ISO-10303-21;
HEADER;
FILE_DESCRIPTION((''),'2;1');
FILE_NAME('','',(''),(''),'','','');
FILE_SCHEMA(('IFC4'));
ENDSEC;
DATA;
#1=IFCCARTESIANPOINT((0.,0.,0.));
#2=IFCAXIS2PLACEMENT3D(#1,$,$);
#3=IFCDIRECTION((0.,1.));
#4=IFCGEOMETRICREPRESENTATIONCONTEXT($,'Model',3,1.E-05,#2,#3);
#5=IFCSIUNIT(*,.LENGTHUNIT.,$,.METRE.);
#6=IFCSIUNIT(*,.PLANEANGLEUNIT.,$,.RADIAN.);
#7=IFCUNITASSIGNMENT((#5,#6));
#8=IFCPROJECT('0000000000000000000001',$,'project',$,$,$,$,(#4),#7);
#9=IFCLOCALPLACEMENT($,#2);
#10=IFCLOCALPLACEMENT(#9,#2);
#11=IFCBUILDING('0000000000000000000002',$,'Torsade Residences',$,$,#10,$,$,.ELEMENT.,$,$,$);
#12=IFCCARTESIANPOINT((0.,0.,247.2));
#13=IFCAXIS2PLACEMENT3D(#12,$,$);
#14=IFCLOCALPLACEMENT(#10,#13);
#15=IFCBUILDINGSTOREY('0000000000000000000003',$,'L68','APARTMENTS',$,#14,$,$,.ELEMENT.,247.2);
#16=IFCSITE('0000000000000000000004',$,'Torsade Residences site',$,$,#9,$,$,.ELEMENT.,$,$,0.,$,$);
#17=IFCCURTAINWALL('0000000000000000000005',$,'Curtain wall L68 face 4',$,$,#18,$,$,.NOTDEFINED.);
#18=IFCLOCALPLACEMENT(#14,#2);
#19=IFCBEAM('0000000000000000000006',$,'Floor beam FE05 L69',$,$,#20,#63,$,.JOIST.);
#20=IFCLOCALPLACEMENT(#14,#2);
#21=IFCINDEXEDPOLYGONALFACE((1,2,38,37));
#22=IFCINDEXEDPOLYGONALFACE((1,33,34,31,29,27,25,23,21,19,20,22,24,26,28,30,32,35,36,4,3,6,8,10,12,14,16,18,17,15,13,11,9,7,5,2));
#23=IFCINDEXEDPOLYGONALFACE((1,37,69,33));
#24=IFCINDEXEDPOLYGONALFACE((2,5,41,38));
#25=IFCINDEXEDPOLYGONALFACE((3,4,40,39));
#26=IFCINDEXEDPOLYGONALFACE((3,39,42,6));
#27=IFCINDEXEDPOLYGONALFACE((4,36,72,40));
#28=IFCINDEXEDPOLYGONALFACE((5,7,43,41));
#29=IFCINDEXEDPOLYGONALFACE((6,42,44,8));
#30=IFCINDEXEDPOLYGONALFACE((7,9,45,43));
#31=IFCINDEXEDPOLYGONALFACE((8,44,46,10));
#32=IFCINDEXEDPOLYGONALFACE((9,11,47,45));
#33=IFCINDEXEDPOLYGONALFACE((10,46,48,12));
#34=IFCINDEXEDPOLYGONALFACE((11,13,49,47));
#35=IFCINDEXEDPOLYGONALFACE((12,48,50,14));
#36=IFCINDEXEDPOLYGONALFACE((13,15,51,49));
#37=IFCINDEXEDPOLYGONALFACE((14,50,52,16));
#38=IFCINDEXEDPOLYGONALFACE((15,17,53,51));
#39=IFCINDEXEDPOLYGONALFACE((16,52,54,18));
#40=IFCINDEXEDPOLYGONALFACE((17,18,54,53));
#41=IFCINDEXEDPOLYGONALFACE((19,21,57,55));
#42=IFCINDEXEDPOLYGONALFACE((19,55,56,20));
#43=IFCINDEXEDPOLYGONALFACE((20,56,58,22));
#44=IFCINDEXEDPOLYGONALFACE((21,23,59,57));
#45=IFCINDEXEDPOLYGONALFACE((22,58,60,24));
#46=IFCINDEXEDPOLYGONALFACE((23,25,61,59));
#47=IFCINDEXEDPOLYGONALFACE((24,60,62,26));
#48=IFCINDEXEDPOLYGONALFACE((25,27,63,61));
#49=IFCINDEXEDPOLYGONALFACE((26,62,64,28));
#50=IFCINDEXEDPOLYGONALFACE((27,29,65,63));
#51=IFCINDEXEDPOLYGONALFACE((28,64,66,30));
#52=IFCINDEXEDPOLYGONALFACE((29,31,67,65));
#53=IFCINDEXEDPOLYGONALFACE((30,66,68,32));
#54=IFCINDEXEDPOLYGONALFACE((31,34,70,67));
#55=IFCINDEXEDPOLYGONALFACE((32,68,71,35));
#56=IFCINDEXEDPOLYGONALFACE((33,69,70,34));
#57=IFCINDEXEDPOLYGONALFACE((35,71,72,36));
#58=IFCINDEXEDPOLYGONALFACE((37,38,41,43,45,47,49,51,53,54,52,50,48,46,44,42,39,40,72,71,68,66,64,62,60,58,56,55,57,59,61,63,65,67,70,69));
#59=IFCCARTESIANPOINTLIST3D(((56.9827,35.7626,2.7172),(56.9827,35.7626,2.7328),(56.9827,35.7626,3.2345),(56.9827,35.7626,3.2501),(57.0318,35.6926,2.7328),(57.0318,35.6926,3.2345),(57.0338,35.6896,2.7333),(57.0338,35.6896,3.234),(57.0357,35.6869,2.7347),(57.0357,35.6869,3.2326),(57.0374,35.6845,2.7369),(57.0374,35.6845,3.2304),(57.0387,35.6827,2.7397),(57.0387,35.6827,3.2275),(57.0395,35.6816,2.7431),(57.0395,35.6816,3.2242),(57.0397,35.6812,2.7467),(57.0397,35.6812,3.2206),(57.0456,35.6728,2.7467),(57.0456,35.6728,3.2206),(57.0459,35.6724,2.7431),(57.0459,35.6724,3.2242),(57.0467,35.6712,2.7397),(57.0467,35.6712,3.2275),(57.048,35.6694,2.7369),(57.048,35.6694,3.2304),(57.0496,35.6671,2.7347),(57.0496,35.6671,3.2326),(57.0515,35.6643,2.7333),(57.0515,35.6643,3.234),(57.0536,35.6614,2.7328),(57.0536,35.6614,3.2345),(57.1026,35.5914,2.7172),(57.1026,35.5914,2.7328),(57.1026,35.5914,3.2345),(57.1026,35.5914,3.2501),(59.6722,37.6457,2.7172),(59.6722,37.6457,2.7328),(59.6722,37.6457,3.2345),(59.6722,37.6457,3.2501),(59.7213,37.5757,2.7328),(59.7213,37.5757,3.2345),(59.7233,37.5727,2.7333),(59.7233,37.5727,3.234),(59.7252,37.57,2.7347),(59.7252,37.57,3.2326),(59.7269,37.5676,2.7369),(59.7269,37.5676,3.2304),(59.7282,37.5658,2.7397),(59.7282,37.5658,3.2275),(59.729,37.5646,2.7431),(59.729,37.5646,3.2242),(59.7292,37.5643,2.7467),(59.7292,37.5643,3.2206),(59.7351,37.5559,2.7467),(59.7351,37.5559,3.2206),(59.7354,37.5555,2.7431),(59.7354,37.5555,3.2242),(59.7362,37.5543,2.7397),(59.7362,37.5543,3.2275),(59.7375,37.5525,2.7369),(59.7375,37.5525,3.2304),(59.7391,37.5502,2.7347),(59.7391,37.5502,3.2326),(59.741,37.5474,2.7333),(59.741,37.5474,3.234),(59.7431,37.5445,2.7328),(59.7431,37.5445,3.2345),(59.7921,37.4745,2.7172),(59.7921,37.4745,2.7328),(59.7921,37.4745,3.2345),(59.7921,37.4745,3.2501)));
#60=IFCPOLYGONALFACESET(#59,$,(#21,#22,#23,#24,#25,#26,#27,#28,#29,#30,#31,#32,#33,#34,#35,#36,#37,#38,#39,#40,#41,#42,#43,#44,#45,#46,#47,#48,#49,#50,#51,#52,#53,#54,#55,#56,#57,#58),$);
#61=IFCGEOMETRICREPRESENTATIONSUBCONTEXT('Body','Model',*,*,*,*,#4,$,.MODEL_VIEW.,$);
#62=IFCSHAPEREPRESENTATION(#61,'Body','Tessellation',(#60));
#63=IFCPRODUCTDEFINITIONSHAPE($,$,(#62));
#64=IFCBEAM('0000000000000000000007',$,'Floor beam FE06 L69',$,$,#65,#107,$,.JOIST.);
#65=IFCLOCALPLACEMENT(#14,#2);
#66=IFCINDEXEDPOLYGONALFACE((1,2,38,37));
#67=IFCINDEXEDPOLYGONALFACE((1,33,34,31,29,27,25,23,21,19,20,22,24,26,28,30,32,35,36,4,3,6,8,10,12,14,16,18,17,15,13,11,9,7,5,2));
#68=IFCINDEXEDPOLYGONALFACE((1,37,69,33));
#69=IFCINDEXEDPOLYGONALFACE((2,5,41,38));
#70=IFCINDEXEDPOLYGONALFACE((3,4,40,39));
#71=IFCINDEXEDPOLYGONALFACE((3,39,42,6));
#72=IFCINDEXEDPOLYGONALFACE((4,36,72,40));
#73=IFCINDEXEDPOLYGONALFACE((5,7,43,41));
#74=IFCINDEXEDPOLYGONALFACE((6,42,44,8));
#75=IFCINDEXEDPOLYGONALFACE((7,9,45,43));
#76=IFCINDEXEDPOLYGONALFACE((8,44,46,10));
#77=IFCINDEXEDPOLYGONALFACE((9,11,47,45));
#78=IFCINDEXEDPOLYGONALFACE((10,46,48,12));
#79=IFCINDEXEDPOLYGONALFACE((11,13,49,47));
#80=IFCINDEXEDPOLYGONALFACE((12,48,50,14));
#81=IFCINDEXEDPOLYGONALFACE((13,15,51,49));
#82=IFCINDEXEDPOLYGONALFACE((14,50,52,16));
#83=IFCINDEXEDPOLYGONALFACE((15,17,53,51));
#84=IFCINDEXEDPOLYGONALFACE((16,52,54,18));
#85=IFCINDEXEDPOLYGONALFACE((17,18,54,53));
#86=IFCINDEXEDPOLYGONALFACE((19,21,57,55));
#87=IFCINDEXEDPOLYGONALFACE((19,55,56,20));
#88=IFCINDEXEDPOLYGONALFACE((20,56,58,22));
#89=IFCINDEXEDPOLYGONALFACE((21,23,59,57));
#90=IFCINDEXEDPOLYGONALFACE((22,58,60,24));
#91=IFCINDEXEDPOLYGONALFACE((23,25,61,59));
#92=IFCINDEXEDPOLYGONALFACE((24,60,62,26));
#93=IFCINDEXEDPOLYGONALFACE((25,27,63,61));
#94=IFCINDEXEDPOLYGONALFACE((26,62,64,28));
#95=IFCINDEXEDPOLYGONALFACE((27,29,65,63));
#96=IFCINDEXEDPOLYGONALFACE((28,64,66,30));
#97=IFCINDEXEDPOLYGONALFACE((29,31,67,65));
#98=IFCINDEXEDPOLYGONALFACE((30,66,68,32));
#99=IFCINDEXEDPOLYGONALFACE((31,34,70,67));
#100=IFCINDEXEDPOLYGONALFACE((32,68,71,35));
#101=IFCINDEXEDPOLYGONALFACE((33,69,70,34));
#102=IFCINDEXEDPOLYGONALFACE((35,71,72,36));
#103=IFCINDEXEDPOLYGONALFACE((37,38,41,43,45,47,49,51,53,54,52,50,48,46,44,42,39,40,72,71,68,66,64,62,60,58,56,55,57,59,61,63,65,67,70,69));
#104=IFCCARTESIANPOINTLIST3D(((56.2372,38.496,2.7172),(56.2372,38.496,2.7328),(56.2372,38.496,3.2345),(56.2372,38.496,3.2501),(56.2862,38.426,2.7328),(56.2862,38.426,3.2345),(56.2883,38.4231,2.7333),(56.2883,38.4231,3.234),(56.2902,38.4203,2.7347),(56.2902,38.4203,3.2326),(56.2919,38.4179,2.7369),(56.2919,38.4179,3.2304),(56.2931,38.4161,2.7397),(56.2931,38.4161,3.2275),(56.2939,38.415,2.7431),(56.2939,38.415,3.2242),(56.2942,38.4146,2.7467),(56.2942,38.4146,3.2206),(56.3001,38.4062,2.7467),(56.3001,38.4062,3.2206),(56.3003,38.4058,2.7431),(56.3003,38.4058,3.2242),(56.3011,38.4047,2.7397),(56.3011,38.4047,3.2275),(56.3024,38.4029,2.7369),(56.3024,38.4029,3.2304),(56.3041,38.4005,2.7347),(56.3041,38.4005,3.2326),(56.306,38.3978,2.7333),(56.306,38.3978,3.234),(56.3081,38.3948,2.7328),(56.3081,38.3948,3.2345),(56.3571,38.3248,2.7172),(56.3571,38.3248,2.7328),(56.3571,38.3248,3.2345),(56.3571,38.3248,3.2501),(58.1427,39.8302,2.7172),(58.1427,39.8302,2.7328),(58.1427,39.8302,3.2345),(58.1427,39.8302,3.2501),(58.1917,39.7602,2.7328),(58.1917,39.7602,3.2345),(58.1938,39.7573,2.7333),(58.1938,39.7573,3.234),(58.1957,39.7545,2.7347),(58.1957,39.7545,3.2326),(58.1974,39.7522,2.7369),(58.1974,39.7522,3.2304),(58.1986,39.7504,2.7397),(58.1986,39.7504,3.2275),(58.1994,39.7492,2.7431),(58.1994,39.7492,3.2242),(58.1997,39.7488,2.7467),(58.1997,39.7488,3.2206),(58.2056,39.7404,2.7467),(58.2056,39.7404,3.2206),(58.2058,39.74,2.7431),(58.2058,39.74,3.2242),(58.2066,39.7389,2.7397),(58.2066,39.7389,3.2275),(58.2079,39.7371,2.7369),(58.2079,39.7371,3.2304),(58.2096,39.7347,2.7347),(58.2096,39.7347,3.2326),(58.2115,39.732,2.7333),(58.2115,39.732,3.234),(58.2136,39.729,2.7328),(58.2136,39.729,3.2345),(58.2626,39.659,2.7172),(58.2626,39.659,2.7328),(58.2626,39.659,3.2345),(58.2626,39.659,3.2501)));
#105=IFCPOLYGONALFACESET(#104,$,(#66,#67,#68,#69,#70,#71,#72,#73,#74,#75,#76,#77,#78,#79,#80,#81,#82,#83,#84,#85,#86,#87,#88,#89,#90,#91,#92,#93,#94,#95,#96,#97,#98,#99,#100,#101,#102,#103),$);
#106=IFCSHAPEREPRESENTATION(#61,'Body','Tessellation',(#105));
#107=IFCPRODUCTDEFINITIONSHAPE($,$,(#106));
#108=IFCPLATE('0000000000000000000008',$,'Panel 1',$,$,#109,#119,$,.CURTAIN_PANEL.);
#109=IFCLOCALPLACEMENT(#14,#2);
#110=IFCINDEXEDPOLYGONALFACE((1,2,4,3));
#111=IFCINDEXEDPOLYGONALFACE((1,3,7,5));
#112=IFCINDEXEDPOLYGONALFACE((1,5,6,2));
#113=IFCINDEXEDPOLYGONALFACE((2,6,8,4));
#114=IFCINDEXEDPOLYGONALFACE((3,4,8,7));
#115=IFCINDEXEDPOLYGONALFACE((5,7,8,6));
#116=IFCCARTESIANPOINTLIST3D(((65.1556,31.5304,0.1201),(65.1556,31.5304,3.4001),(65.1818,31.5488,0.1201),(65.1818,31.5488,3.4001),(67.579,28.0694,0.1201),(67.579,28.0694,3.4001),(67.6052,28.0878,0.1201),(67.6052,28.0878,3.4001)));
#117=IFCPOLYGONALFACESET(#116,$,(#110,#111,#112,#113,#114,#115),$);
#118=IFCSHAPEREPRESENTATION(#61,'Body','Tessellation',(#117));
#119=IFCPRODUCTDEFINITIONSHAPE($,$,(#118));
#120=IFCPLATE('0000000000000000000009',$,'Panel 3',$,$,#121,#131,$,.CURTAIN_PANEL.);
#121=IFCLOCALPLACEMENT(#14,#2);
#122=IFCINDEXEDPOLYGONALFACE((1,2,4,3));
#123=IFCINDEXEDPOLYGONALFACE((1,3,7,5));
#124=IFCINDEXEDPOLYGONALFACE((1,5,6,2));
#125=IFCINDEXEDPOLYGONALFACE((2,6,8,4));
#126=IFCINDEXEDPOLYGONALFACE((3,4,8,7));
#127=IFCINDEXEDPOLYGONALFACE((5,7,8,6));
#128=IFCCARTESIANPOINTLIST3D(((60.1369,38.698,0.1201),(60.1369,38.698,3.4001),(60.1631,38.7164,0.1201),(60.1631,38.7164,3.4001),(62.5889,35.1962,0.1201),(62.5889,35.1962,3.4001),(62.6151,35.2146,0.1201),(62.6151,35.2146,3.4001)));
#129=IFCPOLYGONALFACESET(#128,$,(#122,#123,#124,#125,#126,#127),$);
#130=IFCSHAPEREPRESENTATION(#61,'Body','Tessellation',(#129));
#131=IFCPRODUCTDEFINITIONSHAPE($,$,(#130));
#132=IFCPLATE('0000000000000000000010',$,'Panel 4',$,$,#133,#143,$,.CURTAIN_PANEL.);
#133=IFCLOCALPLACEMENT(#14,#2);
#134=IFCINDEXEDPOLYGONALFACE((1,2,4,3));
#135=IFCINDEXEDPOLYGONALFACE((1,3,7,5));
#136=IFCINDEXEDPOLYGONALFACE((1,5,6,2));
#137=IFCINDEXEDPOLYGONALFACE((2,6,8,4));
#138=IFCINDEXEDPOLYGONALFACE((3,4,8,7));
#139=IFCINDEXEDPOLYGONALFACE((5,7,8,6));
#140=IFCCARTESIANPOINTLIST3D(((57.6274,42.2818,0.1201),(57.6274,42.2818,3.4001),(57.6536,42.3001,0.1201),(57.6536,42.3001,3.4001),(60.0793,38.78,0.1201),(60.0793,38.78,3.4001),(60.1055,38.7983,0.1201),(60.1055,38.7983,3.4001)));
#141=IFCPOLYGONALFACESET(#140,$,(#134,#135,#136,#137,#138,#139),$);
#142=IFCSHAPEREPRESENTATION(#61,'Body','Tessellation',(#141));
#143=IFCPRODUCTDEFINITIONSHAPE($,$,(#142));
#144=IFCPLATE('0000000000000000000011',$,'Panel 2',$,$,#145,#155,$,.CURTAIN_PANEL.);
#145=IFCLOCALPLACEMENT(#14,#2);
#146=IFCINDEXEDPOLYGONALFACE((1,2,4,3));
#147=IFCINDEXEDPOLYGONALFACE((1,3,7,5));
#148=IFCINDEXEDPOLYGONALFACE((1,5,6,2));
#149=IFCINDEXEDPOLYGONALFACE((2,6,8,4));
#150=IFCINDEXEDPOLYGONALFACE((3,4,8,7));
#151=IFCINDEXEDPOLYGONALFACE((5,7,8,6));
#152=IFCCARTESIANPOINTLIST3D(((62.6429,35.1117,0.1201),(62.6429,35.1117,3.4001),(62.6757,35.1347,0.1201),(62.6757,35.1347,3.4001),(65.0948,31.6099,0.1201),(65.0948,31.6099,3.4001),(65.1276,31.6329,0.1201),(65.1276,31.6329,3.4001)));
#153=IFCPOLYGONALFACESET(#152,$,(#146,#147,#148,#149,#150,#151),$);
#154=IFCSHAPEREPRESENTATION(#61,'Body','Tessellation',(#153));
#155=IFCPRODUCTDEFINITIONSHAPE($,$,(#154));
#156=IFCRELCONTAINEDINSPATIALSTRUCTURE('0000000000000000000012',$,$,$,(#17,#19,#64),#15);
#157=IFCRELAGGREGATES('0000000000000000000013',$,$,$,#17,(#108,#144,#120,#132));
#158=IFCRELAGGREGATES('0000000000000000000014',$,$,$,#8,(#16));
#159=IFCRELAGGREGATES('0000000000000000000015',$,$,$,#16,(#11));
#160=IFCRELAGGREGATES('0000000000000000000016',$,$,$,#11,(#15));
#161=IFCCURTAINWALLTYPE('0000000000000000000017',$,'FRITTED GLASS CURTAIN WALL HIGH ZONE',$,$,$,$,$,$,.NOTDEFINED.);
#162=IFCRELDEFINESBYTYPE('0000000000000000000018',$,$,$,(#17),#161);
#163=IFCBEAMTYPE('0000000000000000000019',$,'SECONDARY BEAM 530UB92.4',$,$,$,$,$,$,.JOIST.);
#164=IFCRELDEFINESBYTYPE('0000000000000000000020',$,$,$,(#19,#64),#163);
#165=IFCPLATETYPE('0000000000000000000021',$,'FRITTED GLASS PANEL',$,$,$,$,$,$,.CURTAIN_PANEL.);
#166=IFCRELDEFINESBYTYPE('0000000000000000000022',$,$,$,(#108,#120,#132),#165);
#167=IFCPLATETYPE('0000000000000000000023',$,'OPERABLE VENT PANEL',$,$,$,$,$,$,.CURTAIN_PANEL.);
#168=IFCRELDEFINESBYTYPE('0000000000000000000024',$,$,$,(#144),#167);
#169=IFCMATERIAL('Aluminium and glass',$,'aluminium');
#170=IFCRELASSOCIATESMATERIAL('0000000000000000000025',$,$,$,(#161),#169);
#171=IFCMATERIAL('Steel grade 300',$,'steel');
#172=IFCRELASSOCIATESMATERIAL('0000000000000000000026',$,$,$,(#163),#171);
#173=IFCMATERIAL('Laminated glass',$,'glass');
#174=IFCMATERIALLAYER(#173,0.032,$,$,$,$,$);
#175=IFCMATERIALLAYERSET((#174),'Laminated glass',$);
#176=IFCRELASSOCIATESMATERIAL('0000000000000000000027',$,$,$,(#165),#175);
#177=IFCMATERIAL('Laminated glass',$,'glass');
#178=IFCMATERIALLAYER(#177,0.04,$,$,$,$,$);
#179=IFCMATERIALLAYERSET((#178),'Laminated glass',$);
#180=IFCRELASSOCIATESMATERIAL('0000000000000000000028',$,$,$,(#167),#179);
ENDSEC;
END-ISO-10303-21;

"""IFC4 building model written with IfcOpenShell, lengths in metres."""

from ifc_helpers import new_model, si_unit, direction, frame, origin, origin_2d, place, context, subcontext, project, spatial, rectangle, i_section, extrude, material, layer, layer_set, material_profile, profile_set, type_object, element, aggregate, save


model = new_model("IFC4")

# Units and contexts
model_context = context("Model", 3, precision=1e-05, world=origin(), true_north=direction((0.0, 1.0)))
body_context = subcontext(model_context, "Body", "Model", "MODEL_VIEW")
ifc_project = project(units=[si_unit("LENGTHUNIT", "METRE"), si_unit("PLANEANGLEUNIT", "RADIAN")], contexts=[model_context])

# Site, building, storey
site_placement = place(None, origin())
site = spatial("IfcSite", under=ifc_project, at=site_placement, Name="Torsade Residences site", CompositionType="ELEMENT", RefElevation=0.0)
building_placement = place(site_placement, origin())
building = spatial("IfcBuilding", under=site, at=building_placement, Name="Torsade Residences", CompositionType="ELEMENT")
storey_placement = place(building_placement, frame((0.0, 0.0, 247.2)))
storey = spatial("IfcBuildingStorey", under=building, at=storey_placement, Name="L68", Description="APARTMENTS", CompositionType="ELEMENT", Elevation=247.2)

# Curtain wall
ifc_material_1 = material(Name="Aluminium and glass", Category="aluminium")
curtain_wall_type = type_object("IfcCurtainWallType", Name="FRITTED GLASS CURTAIN WALL HIGH ZONE", PredefinedType="NOTDEFINED", material=ifc_material_1)
curtain_wall_placement = place(storey_placement, origin())
curtain_wall = element("IfcCurtainWall", 1, at=curtain_wall_placement, inside=storey, type_object=curtain_wall_type, Name="Curtain wall L68 face 4", PredefinedType="NOTDEFINED")

# Beams
ifc_material_2 = material(Name="Steel grade 300", Category="steel")
ifc_material_profile_1 = material_profile(ifc_material_2, i_section(OverallWidth=0.209, OverallDepth=0.533, WebThickness=0.0103, FlangeThickness=0.0156, FilletRadius=0.0139, at=origin_2d()), Name="530UB92.4")
ifc_profile_set_1 = profile_set([ifc_material_profile_1], Name="Steel grade 300")
beam_type_1 = type_object("IfcBeamType", Name="SECONDARY BEAM 530UB92.4", PredefinedType="JOIST", material=ifc_profile_set_1)
beam_1_placement = place(storey_placement, frame((59.7322, 37.5601, 2.9836), z_axis=(-0.819169, -0.573552, 0.0), x_axis=(0.573552, -0.819169, 0.0)))
element("IfcBeam", 2, at=beam_1_placement, inside=storey, type_object=beam_type_1, Name="Floor beam FE05 L69", PredefinedType="JOIST", context=body_context, shape_type="SweptSolid", body=[
    extrude(i_section(OverallWidth=0.209, OverallDepth=0.533, WebThickness=0.0103, FlangeThickness=0.0156, FilletRadius=0.0139, at=origin_2d()), origin(), (0.0, 0.0, 1.0), 3.2832),
])
beam_2_placement = place(storey_placement, frame((58.2026, 39.7446, 2.9836), z_axis=(-0.819158, -0.573568, 0.0), x_axis=(0.573568, -0.819158, 0.0)))
element("IfcBeam", 3, at=beam_2_placement, inside=storey, type_object=beam_type_1, Name="Floor beam FE06 L69", PredefinedType="JOIST", context=body_context, shape_type="SweptSolid", body=[
    extrude(i_section(OverallWidth=0.209, OverallDepth=0.533, WebThickness=0.0103, FlangeThickness=0.0156, FilletRadius=0.0139, at=origin_2d()), origin(), (0.0, 0.0, 1.0), 2.3262),
])

# Plates
ifc_material_3 = material(Name="Laminated glass", Category="glass")
ifc_layer_1 = layer(ifc_material_3, 0.032)
ifc_layer_set_1 = layer_set([ifc_layer_1], Name="Laminated glass")
plate_type_1 = type_object("IfcPlateType", Name="FRITTED GLASS PANEL", PredefinedType="CURTAIN_PANEL", material=ifc_layer_set_1)
plate_1_placement = place(storey_placement, frame((66.3804, 29.8091, 0.1201), z_axis=(0.0, 0.0, 1.0), x_axis=(-0.573576, 0.819152, 0.0)))
plate_1 = element("IfcPlate", 4, at=plate_1_placement, type_object=plate_type_1, Name="Panel 1", PredefinedType="CURTAIN_PANEL", context=body_context, shape_type="SweptSolid", body=[
    extrude(rectangle(XDim=4.2251, YDim=0.032, at=origin_2d()), origin(), (0.0, 0.0, 1.0), 3.28),
])
plate_2_placement = place(storey_placement, frame((61.376, 36.9563, 0.1201), z_axis=(0.0, 0.0, 1.0), x_axis=(-0.573576, 0.819152, 0.0)))
plate_2 = element("IfcPlate", 5, at=plate_2_placement, type_object=plate_type_1, Name="Panel 3", PredefinedType="CURTAIN_PANEL", context=body_context, shape_type="SweptSolid", body=[
    extrude(rectangle(XDim=4.2749, YDim=0.032, at=origin_2d()), origin(), (0.0, 0.0, 1.0), 3.28),
])
plate_3_placement = place(storey_placement, frame((58.8665, 40.54, 0.1201), z_axis=(0.0, 0.0, 1.0), x_axis=(-0.573576, 0.819152, 0.0)))
plate_3 = element("IfcPlate", 6, at=plate_3_placement, type_object=plate_type_1, Name="Panel 4", PredefinedType="CURTAIN_PANEL", context=body_context, shape_type="SweptSolid", body=[
    extrude(rectangle(XDim=4.2749, YDim=0.032, at=origin_2d()), origin(), (0.0, 0.0, 1.0), 3.28),
])
ifc_material_4 = material(Name="Laminated glass", Category="glass")
ifc_layer_2 = layer(ifc_material_4, 0.04)
ifc_layer_set_2 = layer_set([ifc_layer_2], Name="Laminated glass")
plate_type_2 = type_object("IfcPlateType", Name="OPERABLE VENT PANEL", PredefinedType="CURTAIN_PANEL", material=ifc_layer_set_2)
plate_4_placement = place(storey_placement, frame((63.8853, 33.3723, 0.1201), z_axis=(0.0, 0.0, 1.0), x_axis=(-0.573576, 0.819152, 0.0)))
plate_4 = element("IfcPlate", 7, at=plate_4_placement, type_object=plate_type_2, Name="Panel 2", PredefinedType="CURTAIN_PANEL", context=body_context, shape_type="SweptSolid", body=[
    extrude(rectangle(XDim=4.2749, YDim=0.04, at=origin_2d()), origin(), (0.0, 0.0, 1.0), 3.28),
])
aggregate(curtain_wall, [plate_1, plate_4, plate_2, plate_3])

save(model, "model.ifc")
